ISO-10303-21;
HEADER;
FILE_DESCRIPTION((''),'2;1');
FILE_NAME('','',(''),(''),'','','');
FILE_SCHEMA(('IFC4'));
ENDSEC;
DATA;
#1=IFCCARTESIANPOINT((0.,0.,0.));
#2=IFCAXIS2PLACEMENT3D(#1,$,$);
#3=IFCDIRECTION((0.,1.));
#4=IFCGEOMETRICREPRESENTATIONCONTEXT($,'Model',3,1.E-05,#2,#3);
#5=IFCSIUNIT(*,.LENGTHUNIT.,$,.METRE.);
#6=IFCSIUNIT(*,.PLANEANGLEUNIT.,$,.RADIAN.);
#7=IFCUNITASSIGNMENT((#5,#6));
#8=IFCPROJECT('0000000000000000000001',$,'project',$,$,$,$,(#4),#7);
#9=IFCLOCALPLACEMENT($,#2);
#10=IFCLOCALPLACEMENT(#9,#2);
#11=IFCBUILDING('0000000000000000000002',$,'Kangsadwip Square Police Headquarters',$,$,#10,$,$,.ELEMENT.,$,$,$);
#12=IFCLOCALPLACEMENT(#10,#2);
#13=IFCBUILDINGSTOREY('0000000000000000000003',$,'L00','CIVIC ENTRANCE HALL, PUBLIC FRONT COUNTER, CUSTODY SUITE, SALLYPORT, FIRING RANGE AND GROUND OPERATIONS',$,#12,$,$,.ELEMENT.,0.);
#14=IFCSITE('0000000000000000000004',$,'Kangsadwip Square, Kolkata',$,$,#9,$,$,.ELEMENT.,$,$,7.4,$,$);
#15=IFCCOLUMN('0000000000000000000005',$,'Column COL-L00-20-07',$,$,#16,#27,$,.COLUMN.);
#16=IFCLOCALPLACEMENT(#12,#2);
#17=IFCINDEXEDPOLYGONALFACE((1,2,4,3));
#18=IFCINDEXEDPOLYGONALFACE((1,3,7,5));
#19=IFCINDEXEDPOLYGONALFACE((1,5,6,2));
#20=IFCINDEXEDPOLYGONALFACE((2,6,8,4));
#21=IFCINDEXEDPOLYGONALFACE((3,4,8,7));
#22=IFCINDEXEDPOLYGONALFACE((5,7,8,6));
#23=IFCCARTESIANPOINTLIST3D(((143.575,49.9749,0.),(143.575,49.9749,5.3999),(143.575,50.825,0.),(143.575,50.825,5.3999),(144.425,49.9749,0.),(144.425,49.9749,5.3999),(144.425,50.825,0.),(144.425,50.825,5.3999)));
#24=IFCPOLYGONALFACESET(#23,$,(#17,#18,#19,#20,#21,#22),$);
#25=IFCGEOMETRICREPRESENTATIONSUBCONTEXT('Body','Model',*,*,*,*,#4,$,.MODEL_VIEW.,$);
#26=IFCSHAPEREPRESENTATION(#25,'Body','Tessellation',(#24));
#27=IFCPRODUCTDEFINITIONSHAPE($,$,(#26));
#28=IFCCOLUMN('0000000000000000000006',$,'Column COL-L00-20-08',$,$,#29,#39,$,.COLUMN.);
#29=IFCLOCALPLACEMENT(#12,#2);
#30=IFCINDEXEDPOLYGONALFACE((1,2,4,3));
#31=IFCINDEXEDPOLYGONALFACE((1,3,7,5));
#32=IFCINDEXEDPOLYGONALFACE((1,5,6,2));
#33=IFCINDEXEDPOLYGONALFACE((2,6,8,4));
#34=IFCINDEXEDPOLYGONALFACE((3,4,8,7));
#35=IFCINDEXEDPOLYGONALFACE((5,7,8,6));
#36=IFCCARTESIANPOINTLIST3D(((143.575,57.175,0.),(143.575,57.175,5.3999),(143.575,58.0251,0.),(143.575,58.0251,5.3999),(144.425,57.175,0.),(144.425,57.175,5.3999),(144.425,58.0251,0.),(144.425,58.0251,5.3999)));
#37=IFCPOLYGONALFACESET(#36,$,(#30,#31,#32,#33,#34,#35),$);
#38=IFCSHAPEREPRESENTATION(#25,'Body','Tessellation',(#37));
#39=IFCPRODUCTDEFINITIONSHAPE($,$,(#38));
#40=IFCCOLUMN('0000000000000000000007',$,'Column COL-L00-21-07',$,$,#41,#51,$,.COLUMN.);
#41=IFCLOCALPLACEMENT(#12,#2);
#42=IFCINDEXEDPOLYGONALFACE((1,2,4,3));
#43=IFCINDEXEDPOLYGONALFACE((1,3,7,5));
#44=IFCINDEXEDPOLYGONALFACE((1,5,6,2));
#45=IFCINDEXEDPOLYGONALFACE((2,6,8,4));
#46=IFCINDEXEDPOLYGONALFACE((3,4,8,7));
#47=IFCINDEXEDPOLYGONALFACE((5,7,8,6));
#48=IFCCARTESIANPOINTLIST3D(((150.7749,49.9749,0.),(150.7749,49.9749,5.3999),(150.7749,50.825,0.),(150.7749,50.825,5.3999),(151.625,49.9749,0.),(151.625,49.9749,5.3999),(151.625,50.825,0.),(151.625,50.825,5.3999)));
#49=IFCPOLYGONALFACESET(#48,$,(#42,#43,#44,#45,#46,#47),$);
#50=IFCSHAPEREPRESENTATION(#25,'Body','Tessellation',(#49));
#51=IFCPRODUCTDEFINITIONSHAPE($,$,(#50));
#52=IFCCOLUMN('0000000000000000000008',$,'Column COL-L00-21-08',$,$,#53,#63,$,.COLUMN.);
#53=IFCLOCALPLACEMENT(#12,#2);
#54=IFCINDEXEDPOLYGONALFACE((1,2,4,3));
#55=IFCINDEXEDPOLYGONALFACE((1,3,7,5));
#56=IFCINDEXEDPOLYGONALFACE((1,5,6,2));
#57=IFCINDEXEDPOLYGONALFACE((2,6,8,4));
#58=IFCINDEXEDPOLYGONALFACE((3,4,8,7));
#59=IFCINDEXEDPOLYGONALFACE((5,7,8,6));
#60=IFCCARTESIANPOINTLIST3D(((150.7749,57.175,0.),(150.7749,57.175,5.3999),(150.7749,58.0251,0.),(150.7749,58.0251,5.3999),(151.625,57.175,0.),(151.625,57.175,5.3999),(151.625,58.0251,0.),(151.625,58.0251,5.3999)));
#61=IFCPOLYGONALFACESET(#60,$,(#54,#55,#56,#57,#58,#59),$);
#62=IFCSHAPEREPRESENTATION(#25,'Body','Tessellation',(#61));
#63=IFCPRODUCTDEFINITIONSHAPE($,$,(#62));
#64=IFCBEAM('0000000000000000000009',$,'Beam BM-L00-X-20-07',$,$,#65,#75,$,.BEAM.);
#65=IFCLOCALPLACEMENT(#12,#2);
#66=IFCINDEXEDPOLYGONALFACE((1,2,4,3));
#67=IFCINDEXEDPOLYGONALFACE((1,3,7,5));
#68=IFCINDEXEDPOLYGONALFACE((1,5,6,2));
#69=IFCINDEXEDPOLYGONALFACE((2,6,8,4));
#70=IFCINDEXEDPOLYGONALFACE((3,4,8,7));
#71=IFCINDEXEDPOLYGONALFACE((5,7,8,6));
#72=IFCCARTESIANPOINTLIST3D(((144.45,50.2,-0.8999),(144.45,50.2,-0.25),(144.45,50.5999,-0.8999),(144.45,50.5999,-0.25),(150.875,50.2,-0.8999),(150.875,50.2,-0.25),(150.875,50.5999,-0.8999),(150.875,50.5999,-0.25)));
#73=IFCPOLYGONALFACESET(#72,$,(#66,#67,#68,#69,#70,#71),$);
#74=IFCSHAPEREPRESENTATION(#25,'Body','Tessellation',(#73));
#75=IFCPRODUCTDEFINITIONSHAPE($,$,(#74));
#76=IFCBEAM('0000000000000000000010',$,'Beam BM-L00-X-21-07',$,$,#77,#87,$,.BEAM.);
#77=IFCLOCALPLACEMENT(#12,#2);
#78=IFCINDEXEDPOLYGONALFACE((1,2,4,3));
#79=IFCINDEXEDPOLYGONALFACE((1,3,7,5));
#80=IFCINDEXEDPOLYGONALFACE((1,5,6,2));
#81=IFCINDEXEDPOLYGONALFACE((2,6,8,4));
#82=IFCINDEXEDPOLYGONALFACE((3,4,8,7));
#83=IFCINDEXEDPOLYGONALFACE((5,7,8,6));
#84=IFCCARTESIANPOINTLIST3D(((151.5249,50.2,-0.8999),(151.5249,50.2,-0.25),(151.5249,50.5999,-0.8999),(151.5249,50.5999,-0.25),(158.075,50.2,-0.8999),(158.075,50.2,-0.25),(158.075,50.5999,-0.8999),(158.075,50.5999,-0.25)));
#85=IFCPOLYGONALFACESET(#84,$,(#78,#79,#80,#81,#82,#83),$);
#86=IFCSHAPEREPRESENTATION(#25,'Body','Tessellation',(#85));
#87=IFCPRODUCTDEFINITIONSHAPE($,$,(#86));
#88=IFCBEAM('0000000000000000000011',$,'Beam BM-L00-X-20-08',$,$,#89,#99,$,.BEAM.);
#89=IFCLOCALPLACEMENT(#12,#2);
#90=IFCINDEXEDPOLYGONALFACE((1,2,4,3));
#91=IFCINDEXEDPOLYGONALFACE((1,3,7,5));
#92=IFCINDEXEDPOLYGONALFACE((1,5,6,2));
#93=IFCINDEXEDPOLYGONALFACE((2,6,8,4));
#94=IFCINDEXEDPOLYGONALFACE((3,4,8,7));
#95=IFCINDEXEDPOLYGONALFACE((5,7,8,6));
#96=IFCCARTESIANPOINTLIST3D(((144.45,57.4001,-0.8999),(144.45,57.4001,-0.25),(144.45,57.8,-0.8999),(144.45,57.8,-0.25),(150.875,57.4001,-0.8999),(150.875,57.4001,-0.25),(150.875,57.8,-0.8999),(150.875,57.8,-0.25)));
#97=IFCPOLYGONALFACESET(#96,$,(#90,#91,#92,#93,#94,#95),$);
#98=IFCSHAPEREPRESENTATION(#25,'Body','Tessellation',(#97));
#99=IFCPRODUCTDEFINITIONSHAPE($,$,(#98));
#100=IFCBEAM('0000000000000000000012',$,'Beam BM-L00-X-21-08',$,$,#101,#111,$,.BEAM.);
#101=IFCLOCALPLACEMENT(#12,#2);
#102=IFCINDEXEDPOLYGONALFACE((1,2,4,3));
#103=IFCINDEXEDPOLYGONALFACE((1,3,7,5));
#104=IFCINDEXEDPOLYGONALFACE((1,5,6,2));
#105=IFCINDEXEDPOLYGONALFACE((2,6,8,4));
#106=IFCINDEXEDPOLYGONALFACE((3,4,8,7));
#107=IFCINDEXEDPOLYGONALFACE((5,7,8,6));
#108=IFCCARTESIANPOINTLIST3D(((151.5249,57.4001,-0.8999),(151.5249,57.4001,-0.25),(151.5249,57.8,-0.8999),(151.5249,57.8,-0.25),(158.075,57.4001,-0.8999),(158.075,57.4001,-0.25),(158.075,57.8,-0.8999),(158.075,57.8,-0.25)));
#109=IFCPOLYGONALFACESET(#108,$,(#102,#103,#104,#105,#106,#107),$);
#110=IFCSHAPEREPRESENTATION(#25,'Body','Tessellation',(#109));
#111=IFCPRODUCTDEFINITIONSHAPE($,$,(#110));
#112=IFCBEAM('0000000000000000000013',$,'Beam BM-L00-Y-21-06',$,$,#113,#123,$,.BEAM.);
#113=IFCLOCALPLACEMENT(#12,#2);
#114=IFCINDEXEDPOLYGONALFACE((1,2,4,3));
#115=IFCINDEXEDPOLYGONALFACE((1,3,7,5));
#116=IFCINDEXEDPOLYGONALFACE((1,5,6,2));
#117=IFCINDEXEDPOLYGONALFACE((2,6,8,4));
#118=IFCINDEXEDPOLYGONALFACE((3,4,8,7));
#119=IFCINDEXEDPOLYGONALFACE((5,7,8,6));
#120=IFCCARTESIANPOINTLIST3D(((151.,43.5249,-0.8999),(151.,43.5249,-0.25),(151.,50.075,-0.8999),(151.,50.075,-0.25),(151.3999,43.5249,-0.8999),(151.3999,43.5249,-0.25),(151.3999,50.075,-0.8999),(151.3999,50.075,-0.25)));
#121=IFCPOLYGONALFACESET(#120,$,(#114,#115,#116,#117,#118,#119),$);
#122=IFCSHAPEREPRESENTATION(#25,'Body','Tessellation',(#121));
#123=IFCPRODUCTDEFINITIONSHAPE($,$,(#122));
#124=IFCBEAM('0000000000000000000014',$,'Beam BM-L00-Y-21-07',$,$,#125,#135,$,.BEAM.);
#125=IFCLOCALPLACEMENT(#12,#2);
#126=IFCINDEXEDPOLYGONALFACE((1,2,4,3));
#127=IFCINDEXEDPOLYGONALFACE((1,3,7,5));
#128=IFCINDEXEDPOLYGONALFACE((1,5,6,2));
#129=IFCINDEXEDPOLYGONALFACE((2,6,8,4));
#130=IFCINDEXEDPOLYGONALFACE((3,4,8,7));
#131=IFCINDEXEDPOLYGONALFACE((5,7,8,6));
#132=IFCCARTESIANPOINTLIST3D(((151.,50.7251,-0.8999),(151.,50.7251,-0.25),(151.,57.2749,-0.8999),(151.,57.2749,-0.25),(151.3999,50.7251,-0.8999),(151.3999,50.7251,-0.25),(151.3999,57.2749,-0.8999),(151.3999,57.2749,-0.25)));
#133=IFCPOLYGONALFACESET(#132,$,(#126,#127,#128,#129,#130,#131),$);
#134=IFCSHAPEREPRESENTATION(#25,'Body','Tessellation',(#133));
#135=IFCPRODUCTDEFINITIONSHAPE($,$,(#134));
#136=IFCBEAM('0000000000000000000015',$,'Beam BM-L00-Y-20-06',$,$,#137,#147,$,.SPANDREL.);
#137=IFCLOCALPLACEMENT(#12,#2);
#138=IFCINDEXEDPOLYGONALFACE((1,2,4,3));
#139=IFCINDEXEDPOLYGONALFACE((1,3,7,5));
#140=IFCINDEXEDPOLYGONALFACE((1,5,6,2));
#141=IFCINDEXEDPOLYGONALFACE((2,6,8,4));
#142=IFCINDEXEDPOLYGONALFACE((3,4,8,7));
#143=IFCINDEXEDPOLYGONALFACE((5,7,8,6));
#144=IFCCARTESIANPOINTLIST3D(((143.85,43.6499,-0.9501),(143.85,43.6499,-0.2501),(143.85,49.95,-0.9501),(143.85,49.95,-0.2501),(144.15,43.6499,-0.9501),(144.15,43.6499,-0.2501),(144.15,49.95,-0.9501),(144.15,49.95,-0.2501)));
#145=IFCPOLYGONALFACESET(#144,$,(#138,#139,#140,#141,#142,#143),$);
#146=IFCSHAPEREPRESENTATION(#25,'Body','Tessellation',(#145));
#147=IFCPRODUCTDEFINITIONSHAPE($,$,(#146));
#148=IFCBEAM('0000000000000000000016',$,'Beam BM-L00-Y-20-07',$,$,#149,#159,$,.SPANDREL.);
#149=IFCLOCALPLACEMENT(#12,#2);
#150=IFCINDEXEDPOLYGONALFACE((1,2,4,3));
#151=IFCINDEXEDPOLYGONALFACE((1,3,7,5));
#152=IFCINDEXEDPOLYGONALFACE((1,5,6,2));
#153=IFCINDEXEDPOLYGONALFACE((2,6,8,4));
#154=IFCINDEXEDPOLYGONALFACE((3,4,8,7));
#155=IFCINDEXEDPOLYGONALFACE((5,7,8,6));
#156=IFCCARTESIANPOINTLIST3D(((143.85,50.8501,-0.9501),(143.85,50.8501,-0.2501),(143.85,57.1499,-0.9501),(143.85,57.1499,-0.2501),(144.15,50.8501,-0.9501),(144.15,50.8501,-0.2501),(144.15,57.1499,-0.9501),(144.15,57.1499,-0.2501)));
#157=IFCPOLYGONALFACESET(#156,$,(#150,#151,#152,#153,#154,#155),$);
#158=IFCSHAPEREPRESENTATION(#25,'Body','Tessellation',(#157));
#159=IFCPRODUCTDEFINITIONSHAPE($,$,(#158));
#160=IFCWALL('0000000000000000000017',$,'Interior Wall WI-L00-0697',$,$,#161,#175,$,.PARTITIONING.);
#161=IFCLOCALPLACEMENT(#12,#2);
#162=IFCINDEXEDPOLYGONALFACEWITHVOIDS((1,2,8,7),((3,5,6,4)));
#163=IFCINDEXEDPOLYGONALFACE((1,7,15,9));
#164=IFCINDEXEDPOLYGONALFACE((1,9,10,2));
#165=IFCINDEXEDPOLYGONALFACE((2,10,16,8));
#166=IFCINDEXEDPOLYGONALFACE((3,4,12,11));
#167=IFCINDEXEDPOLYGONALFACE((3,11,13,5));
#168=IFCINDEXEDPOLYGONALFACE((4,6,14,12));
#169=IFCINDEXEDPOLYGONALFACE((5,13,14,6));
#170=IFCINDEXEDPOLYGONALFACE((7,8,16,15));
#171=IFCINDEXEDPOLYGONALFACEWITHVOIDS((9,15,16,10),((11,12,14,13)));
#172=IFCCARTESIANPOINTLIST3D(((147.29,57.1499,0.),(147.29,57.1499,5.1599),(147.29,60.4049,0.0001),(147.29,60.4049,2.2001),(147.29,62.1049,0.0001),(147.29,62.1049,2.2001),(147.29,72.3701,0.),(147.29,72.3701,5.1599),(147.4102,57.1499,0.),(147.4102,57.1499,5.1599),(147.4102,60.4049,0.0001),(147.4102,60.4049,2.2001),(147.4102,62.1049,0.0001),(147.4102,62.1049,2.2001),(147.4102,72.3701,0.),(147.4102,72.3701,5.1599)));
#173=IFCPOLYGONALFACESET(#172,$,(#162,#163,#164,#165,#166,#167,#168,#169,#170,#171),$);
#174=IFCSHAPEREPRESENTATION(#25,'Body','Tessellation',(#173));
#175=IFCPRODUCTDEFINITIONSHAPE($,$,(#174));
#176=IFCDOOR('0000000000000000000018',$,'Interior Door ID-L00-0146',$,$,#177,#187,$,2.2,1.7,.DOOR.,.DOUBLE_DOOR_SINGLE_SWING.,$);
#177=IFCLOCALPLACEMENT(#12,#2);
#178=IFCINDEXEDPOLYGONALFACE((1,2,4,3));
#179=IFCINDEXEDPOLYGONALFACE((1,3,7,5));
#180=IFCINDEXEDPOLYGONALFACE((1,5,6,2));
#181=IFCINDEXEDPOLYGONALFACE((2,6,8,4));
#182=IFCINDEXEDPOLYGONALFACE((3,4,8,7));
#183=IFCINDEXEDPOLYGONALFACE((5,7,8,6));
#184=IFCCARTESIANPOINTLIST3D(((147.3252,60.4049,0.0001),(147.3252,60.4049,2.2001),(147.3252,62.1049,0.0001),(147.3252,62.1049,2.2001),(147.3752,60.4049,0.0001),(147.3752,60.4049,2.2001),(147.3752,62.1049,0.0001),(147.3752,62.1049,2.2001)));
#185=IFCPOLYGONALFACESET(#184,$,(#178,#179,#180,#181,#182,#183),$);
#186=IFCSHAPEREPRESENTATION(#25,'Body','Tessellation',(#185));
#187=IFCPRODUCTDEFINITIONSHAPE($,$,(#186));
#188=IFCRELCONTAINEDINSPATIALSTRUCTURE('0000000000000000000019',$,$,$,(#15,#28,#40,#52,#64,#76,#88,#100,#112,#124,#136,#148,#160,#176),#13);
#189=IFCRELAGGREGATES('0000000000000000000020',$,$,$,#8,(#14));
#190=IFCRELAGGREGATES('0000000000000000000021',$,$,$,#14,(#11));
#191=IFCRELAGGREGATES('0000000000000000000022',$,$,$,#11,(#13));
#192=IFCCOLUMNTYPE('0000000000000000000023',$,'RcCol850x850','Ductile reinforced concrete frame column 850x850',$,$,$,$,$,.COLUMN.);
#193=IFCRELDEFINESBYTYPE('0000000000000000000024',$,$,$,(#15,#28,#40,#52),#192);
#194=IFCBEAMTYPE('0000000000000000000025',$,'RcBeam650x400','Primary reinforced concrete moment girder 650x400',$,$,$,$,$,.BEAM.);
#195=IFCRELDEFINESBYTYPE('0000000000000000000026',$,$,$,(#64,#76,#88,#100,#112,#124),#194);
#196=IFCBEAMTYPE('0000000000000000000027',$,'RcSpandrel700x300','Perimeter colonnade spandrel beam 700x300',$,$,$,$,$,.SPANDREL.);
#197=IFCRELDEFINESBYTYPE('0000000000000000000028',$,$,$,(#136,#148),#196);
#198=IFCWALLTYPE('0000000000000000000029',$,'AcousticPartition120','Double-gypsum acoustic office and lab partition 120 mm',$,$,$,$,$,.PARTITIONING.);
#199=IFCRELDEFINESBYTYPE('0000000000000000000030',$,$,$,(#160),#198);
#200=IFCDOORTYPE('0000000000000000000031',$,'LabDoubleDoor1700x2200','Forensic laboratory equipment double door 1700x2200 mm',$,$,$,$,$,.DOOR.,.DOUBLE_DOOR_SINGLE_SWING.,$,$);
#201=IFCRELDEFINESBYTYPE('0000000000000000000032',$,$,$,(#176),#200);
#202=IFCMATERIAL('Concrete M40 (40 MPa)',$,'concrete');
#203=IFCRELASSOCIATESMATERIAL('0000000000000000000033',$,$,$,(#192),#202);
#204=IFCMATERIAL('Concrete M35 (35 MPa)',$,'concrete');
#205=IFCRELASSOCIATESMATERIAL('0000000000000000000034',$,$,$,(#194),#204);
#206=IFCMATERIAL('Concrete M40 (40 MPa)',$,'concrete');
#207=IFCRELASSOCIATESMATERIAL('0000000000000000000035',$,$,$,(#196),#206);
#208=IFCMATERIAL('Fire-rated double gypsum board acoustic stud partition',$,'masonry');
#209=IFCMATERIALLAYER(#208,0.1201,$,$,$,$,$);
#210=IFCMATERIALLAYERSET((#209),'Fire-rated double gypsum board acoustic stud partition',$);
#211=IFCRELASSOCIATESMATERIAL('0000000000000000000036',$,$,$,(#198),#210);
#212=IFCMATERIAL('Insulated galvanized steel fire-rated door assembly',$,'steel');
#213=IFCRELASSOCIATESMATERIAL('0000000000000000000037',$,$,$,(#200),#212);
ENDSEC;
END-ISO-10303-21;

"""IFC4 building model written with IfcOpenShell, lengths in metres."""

from ifc_helpers import new_model, si_unit, direction, frame, frame_2d, origin, origin_2d, place, context, subcontext, project, spatial, rectangle, extrude, material, layer, layer_set, material_profile, profile_set, type_object, element, fill, save


model = new_model("IFC4")

# Units and contexts
model_context = context("Model", 3, precision=1e-05, world=origin(), true_north=direction((0.0, 1.0)))
body_context = subcontext(model_context, "Body", "Model", "MODEL_VIEW")
ifc_project = project(units=[si_unit("LENGTHUNIT", "METRE"), si_unit("PLANEANGLEUNIT", "RADIAN")], contexts=[model_context])

# Site, building, storey
site_placement = place(None, origin())
site = spatial("IfcSite", under=ifc_project, at=site_placement, Name="Kangsadwip Square, Kolkata", CompositionType="ELEMENT", RefElevation=7.4)
building_placement = place(site_placement, origin())
building = spatial("IfcBuilding", under=site, at=building_placement, Name="Kangsadwip Square Police Headquarters", CompositionType="ELEMENT")
storey_placement = place(building_placement, origin())
storey = spatial("IfcBuildingStorey", under=building, at=storey_placement, Name="L00", Description="CIVIC ENTRANCE HALL, PUBLIC FRONT COUNTER, CUSTODY SUITE, SALLYPORT, FIRING RANGE AND GROUND OPERATIONS", CompositionType="ELEMENT", Elevation=0.0)

# Columns
ifc_material_1 = material(Name="Concrete M40 (40 MPa)", Category="concrete")
ifc_material_profile_1 = material_profile(ifc_material_1, rectangle(XDim=0.8501, YDim=0.8501, at=origin_2d()), Name="RC COL 850X850")
ifc_profile_set_1 = profile_set([ifc_material_profile_1], Name="Concrete M40 (40 MPa)")
column_type = type_object("IfcColumnType", Name="RcCol850x850", Description="Ductile reinforced concrete frame column 850x850", PredefinedType="COLUMN", material=ifc_profile_set_1)
for number, where, z_axis, x_axis, name in (
    (1, (144.0, 50.3999, 0.0), (0.0, 0.0, 1.0), (1.0, 0.0, 0.0), "Column COL-L00-20-07"),
    (2, (144.0, 57.6001, 0.0), (0.0, 0.0, 1.0), (1.0, 0.0, 0.0), "Column COL-L00-20-08"),
    (3, (151.2, 50.3999, 0.0), (0.0, 0.0, 1.0), (1.0, 0.0, 0.0), "Column COL-L00-21-07"),
    (4, (151.2, 57.6001, 0.0), (0.0, 0.0, 1.0), (1.0, 0.0, 0.0), "Column COL-L00-21-08"),
):
    element("IfcColumn", number, at=place(storey_placement, frame(where, z_axis=z_axis, x_axis=x_axis)), inside=storey, type_object=column_type, Name=name, PredefinedType="COLUMN", context=body_context, shape_type="SweptSolid", body=[
        extrude(rectangle(XDim=0.8501, YDim=0.8501, at=origin_2d()), origin(), (0.0, 0.0, 1.0), 5.3999),
    ])

# Beams
ifc_material_2 = material(Name="Concrete M35 (35 MPa)", Category="concrete")
ifc_material_profile_2 = material_profile(ifc_material_2, rectangle(XDim=0.3999, YDim=0.6499, at=origin_2d()), Name="RC BM 650X400")
ifc_profile_set_2 = profile_set([ifc_material_profile_2], Name="Concrete M35 (35 MPa)")
beam_type_1 = type_object("IfcBeamType", Name="RcBeam650x400", Description="Primary reinforced concrete moment girder 650x400", PredefinedType="BEAM", material=ifc_profile_set_2)
beam_1_placement = place(storey_placement, frame((144.45, 50.3999, -0.575), z_axis=(1.0, 0.0, 0.0), x_axis=(0.0, 1.0, 0.0)))
element("IfcBeam", 5, at=beam_1_placement, inside=storey, type_object=beam_type_1, Name="Beam BM-L00-X-20-07", PredefinedType="BEAM", context=body_context, shape_type="SweptSolid", body=[
    extrude(rectangle(XDim=0.3999, YDim=0.6499, at=origin_2d()), origin(), (0.0, 0.0, 1.0), 6.425),
])
beam_2_placement = place(storey_placement, frame((151.5249, 50.3999, -0.575), z_axis=(1.0, 0.0, 0.0), x_axis=(0.0, 1.0, 0.0)))
element("IfcBeam", 6, at=beam_2_placement, inside=storey, type_object=beam_type_1, Name="Beam BM-L00-X-21-07", PredefinedType="BEAM", context=body_context, shape_type="SweptSolid", body=[
    extrude(rectangle(XDim=0.3999, YDim=0.6499, at=origin_2d()), origin(), (0.0, 0.0, 1.0), 6.55),
])
beam_3_placement = place(storey_placement, frame((144.45, 57.6001, -0.575), z_axis=(1.0, 0.0, 0.0), x_axis=(0.0, 1.0, 0.0)))
element("IfcBeam", 7, at=beam_3_placement, inside=storey, type_object=beam_type_1, Name="Beam BM-L00-X-20-08", PredefinedType="BEAM", context=body_context, shape_type="SweptSolid", body=[
    extrude(rectangle(XDim=0.3999, YDim=0.6499, at=origin_2d()), origin(), (0.0, 0.0, 1.0), 6.425),
])
for number, where, z_axis, x_axis, name in (
    (8, (151.5249, 57.6001, -0.575), (1.0, 0.0, 0.0), (0.0, 1.0, 0.0), "Beam BM-L00-X-21-08"),
    (9, (151.2, 43.5249, -0.575), (0.0, 1.0, 0.0), (-1.0, 0.0, 0.0), "Beam BM-L00-Y-21-06"),
):
    element("IfcBeam", number, at=place(storey_placement, frame(where, z_axis=z_axis, x_axis=x_axis)), inside=storey, type_object=beam_type_1, Name=name, PredefinedType="BEAM", context=body_context, shape_type="SweptSolid", body=[
        extrude(rectangle(XDim=0.3999, YDim=0.6499, at=origin_2d()), origin(), (0.0, 0.0, 1.0), 6.55),
    ])
beam_4_placement = place(storey_placement, frame((151.2, 50.7251, -0.575), z_axis=(0.0, 1.0, 0.0), x_axis=(-1.0, 0.0, 0.0)))
element("IfcBeam", 10, at=beam_4_placement, inside=storey, type_object=beam_type_1, Name="Beam BM-L00-Y-21-07", PredefinedType="BEAM", context=body_context, shape_type="SweptSolid", body=[
    extrude(rectangle(XDim=0.3999, YDim=0.6499, at=origin_2d()), origin(), (0.0, 0.0, 1.0), 6.5498),
])
ifc_material_3 = material(Name="Concrete M40 (40 MPa)", Category="concrete")
ifc_material_profile_3 = material_profile(ifc_material_3, rectangle(XDim=0.3, YDim=0.7, at=origin_2d()), Name="RC SPN 700X300")
ifc_profile_set_3 = profile_set([ifc_material_profile_3], Name="Concrete M40 (40 MPa)")
beam_type_2 = type_object("IfcBeamType", Name="RcSpandrel700x300", Description="Perimeter colonnade spandrel beam 700x300", PredefinedType="SPANDREL", material=ifc_profile_set_3)
beam_5_placement = place(storey_placement, frame((144.0, 43.6499, -0.6001), z_axis=(0.0, 1.0, 0.0), x_axis=(-1.0, 0.0, 0.0)))
element("IfcBeam", 11, at=beam_5_placement, inside=storey, type_object=beam_type_2, Name="Beam BM-L00-Y-20-06", PredefinedType="SPANDREL", context=body_context, shape_type="SweptSolid", body=[
    extrude(rectangle(XDim=0.3, YDim=0.7, at=origin_2d()), origin(), (0.0, 0.0, 1.0), 6.3),
])
beam_6_placement = place(storey_placement, frame((144.0, 50.8501, -0.6001), z_axis=(0.0, 1.0, 0.0), x_axis=(-1.0, 0.0, 0.0)))
element("IfcBeam", 12, at=beam_6_placement, inside=storey, type_object=beam_type_2, Name="Beam BM-L00-Y-20-07", PredefinedType="SPANDREL", context=body_context, shape_type="SweptSolid", body=[
    extrude(rectangle(XDim=0.3, YDim=0.7, at=origin_2d()), origin(), (0.0, 0.0, 1.0), 6.2998),
])

# Wall, opening, door
ifc_material_4 = material(Name="Fire-rated double gypsum board acoustic stud partition", Category="masonry")
ifc_layer_1 = layer(ifc_material_4, 0.1201)
ifc_layer_set_1 = layer_set([ifc_layer_1], Name="Fire-rated double gypsum board acoustic stud partition")
wall_type_1 = type_object("IfcWallType", Name="AcousticPartition120", Description="Double-gypsum acoustic office and lab partition 120 mm", PredefinedType="PARTITIONING", material=ifc_layer_set_1)
wall_1_placement = place(storey_placement, frame((147.3501, 57.1499, 0.0), z_axis=(0.0, 0.0, 1.0), x_axis=(0.0, 1.0, 0.0)))
wall_1 = element("IfcWall", 13, at=wall_1_placement, inside=storey, type_object=wall_type_1, Name="Interior Wall WI-L00-0697", PredefinedType="PARTITIONING", context=body_context, shape_type="SweptSolid", body=[
    extrude(rectangle(XDim=15.2202, YDim=0.1201, at=frame_2d((7.6101, 0.0))), origin(), (0.0, 0.0, 1.0), 5.1599),
])
opening_1_placement = place(wall_1_placement, frame((3.2549, 0.0, 0.0)))
opening_1 = element("IfcOpeningElement", 14, at=opening_1_placement, cuts=wall_1, PredefinedType="OPENING", context=body_context, shape_type="SweptSolid", body=[
    extrude(rectangle(XDim=1.7, YDim=2.2, at=frame_2d((0.8501, 1.1001))), frame((0.0, 0.0701, 0.0), z_axis=(0.0, -1.0, 0.0), x_axis=(1.0, 0.0, 0.0)), (0.0, 0.0, 1.0), 0.1401),
])
ifc_material_5 = material(Name="Insulated galvanized steel fire-rated door assembly", Category="steel")
door_type_1 = type_object("IfcDoorType", Name="LabDoubleDoor1700x2200", Description="Forensic laboratory equipment double door 1700x2200 mm", OperationType="DOUBLE_DOOR_SINGLE_SWING", PredefinedType="DOOR", material=ifc_material_5)
door_1_placement = place(opening_1_placement, origin())
door_1 = element("IfcDoor", 15, at=door_1_placement, inside=storey, type_object=door_type_1, Name="Interior Door ID-L00-0146", OperationType="DOUBLE_DOOR_SINGLE_SWING", OverallHeight=2.2, OverallWidth=1.7, PredefinedType="DOOR", context=body_context, shape_type="SweptSolid", body=[
    extrude(rectangle(XDim=1.7, YDim=2.2, at=frame_2d((0.8501, 1.1001))), frame((0.0, 0.0249, 0.0), z_axis=(0.0, -1.0, 0.0), x_axis=(1.0, 0.0, 0.0)), (0.0, 0.0, 1.0), 0.05),
])
fill(opening_1, door_1)

save(model, "model.ifc")
